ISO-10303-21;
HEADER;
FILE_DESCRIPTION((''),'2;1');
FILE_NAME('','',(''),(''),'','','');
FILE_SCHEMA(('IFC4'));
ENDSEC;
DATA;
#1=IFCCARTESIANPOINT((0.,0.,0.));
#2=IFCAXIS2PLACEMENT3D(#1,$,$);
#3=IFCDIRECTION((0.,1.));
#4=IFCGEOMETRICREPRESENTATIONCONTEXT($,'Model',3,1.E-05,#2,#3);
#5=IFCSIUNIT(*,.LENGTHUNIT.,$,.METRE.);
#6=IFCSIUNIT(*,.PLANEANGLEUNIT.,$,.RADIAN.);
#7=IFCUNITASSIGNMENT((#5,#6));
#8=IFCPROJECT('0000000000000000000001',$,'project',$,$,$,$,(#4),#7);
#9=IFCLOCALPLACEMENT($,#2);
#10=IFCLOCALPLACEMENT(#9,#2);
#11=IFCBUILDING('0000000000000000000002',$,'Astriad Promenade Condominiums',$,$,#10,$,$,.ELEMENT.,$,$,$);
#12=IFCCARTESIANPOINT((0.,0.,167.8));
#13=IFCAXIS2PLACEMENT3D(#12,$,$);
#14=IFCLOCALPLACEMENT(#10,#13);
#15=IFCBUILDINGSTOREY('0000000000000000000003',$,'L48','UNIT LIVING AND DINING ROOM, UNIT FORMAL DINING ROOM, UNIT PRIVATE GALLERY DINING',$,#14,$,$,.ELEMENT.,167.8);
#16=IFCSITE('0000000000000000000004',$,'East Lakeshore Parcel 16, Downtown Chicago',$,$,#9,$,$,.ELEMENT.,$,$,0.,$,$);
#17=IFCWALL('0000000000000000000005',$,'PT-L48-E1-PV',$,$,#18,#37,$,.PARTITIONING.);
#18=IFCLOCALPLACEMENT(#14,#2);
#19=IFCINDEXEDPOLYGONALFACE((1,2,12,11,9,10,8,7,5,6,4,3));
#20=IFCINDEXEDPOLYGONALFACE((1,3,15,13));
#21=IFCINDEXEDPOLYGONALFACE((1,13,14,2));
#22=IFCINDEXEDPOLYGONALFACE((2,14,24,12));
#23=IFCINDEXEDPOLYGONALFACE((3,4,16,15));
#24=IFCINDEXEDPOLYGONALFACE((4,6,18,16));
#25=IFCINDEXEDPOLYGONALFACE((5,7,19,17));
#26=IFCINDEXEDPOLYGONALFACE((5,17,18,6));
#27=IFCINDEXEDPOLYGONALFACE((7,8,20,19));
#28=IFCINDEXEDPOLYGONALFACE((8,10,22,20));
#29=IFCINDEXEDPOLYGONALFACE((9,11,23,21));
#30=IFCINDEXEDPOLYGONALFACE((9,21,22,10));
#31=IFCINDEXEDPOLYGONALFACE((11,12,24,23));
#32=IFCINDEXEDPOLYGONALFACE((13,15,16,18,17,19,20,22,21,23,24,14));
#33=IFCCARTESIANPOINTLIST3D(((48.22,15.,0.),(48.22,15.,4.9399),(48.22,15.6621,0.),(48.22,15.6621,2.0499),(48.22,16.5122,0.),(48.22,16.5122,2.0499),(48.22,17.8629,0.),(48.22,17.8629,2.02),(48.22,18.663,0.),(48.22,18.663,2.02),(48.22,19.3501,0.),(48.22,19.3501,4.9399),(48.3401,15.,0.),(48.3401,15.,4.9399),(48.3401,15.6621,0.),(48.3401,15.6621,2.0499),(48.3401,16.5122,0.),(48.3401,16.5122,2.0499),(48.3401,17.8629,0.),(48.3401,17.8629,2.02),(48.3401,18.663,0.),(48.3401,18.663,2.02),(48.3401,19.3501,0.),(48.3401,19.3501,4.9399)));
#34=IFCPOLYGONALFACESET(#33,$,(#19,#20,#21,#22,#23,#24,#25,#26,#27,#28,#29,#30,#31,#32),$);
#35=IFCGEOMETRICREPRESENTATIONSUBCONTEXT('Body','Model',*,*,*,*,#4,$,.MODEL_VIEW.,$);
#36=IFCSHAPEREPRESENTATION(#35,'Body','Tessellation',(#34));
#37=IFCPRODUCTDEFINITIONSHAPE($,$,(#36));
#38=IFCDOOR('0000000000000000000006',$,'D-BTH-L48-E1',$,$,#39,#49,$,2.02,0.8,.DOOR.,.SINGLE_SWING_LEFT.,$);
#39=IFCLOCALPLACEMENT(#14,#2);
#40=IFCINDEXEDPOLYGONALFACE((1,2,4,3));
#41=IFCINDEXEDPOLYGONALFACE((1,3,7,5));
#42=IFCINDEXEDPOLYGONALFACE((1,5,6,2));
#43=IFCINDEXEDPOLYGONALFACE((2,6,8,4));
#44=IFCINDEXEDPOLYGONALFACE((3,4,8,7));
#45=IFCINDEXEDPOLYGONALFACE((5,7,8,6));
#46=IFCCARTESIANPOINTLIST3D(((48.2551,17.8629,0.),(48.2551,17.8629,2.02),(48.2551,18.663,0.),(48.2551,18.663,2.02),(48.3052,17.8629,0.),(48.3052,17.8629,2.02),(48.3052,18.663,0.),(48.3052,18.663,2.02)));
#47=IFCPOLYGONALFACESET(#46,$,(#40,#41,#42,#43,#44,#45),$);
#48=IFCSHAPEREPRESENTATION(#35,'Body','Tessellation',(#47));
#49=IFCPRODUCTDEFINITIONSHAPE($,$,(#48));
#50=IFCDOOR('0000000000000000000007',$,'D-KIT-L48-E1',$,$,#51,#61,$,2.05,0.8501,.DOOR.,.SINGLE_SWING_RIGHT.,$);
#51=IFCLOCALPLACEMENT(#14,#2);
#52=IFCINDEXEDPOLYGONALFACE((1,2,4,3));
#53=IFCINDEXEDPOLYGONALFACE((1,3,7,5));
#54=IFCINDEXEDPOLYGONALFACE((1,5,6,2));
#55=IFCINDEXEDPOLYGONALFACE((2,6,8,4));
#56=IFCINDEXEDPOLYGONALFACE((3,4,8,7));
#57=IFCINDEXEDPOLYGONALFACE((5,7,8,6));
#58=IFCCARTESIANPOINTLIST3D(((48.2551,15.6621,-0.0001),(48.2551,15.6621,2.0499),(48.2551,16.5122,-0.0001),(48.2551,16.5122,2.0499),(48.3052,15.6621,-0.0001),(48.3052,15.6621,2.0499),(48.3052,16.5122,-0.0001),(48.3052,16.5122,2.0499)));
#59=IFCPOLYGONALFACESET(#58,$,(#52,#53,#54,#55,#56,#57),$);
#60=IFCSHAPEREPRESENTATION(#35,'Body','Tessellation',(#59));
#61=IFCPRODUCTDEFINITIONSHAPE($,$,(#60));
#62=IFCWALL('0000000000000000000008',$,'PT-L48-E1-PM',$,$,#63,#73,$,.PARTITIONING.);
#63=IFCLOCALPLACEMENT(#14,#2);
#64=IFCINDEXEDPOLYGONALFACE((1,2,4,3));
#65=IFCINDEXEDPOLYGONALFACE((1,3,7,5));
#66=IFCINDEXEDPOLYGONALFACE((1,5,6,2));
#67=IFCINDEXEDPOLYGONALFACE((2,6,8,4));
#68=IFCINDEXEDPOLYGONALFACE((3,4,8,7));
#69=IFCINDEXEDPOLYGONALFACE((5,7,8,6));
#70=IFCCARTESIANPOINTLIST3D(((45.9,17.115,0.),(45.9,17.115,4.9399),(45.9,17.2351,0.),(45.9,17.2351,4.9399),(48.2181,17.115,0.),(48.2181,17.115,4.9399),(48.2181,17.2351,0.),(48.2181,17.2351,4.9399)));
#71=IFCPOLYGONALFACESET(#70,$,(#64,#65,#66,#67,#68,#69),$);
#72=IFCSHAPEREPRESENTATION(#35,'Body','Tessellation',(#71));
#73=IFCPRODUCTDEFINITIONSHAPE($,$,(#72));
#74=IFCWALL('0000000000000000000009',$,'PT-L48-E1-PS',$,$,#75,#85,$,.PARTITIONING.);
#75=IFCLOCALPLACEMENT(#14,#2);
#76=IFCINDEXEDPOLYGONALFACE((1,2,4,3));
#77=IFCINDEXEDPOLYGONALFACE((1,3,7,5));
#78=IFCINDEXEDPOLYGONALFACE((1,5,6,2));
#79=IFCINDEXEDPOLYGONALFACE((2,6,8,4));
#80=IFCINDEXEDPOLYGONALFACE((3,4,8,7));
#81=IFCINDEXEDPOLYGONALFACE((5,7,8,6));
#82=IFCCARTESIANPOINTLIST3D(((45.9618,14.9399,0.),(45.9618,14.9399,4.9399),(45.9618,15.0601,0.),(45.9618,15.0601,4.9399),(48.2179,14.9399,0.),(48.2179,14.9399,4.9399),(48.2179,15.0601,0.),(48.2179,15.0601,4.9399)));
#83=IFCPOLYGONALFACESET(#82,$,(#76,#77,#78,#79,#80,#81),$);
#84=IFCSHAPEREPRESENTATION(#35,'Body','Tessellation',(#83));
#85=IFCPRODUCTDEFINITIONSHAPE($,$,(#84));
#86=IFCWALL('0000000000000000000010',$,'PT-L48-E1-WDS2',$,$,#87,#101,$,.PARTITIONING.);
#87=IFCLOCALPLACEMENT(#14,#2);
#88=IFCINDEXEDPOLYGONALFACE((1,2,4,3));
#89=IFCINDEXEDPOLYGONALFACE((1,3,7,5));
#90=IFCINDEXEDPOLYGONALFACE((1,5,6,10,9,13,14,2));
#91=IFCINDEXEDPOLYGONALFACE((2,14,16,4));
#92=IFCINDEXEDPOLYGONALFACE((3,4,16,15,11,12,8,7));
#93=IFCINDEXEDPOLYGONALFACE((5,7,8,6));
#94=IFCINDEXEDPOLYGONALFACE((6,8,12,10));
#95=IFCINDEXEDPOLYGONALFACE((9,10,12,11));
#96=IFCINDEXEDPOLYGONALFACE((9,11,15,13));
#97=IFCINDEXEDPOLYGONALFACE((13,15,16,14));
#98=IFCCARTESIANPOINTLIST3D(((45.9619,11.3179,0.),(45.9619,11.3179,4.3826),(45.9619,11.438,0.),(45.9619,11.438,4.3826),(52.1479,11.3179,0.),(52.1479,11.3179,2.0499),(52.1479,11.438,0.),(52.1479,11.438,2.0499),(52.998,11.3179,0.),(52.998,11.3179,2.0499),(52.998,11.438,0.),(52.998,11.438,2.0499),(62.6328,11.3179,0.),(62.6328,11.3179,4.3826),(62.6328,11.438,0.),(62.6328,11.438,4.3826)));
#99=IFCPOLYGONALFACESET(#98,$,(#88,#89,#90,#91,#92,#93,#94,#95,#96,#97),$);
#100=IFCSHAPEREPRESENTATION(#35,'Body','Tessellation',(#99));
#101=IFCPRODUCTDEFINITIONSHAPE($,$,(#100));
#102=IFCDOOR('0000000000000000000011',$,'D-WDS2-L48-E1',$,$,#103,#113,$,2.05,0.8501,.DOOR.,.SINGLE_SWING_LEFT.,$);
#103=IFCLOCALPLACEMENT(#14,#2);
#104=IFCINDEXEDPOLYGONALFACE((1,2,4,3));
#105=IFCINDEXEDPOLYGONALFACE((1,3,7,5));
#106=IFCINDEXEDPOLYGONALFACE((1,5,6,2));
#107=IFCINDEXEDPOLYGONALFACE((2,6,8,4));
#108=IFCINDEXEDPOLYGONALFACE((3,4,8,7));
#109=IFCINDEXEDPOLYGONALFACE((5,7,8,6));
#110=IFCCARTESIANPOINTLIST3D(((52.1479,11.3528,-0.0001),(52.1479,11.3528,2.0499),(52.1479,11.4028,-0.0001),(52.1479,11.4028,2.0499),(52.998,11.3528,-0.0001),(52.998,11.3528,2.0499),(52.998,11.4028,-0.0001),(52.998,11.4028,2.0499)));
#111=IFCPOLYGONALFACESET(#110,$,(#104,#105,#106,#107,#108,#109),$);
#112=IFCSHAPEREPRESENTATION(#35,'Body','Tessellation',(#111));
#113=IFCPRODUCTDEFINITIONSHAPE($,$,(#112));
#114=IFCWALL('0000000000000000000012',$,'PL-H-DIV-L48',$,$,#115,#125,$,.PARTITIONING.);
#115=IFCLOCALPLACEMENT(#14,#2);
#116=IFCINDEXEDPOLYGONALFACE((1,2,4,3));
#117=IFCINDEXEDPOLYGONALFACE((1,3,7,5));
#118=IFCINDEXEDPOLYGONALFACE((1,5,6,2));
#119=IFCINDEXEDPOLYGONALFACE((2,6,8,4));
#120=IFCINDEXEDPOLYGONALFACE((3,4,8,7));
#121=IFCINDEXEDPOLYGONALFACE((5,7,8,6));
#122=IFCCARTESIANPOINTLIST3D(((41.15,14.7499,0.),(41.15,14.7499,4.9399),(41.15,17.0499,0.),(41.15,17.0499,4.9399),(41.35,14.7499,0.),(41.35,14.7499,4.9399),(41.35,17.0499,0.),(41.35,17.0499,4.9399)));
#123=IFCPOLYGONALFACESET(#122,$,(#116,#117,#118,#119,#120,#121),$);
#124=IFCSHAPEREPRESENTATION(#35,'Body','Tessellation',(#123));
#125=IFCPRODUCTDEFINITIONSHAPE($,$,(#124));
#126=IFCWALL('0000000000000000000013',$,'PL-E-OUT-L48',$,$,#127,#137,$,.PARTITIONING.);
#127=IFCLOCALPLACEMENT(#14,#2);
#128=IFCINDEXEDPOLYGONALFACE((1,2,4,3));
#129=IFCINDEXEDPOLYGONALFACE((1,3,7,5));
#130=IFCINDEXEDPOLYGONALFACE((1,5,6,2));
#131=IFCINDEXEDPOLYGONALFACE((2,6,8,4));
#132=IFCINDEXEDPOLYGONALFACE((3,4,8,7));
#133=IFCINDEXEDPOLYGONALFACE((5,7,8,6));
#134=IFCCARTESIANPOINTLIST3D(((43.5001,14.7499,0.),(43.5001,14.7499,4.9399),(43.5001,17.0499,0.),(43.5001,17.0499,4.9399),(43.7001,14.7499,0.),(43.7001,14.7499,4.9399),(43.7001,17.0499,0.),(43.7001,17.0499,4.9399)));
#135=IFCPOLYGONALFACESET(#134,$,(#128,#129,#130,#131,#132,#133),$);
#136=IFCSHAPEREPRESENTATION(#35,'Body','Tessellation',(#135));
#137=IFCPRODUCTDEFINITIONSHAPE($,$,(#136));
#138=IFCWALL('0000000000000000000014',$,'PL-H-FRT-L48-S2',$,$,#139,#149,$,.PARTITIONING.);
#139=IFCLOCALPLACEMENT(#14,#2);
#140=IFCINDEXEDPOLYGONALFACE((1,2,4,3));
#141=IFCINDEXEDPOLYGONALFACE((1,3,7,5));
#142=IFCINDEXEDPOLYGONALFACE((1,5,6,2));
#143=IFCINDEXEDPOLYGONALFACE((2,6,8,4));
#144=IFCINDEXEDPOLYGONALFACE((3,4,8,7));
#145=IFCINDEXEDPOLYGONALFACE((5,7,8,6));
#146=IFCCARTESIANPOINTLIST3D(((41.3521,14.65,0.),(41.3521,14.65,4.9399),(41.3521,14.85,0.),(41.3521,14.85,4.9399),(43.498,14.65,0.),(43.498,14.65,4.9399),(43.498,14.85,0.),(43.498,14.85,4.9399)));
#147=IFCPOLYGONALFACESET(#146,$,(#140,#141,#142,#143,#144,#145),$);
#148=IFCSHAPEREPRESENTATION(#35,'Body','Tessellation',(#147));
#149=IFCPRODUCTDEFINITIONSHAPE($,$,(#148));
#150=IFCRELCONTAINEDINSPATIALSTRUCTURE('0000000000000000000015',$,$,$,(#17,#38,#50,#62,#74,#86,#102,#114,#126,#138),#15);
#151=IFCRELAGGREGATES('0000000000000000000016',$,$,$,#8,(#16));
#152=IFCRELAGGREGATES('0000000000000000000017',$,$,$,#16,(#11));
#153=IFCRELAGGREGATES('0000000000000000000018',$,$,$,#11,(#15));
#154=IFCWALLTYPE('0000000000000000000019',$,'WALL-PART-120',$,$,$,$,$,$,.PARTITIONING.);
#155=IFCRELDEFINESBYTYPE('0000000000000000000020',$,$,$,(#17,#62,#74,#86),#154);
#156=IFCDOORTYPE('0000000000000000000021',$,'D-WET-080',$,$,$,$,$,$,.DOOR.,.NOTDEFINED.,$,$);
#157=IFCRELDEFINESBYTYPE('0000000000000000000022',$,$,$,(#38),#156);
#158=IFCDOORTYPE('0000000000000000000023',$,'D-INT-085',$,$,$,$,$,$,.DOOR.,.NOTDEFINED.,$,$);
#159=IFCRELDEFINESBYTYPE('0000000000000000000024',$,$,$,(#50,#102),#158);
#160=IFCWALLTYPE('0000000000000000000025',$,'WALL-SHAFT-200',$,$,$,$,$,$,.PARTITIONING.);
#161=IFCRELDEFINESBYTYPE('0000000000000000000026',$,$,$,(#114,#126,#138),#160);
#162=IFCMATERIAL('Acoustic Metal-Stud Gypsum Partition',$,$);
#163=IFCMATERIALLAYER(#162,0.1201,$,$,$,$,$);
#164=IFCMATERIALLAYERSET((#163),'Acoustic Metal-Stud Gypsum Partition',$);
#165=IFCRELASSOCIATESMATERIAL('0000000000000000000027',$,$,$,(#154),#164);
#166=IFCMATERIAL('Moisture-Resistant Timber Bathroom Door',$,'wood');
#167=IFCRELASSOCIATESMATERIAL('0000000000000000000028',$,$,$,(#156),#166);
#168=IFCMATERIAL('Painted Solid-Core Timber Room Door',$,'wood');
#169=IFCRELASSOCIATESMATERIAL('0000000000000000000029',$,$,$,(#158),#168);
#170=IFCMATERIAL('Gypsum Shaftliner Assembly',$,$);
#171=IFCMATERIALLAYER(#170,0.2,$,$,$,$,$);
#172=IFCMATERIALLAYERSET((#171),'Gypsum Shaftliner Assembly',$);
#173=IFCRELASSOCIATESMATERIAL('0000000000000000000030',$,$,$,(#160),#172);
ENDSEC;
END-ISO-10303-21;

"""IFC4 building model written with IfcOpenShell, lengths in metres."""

from ifc_helpers import new_model, si_unit, direction, frame, frame_2d, origin, place, context, subcontext, project, spatial, rectangle, extrude, source, transform, mapped, material, layer, layer_set, type_object, type_shapes, element, fill, save


model = new_model("IFC4")

# Units and contexts
model_context = context("Model", 3, precision=1e-05, world=origin(), true_north=direction((0.0, 1.0)))
body_context = subcontext(model_context, "Body", "Model", "MODEL_VIEW")
ifc_project = project(units=[si_unit("LENGTHUNIT", "METRE"), si_unit("PLANEANGLEUNIT", "RADIAN")], contexts=[model_context])

# Site, building, storey
site_placement = place(None, origin())
site = spatial("IfcSite", under=ifc_project, at=site_placement, Name="East Lakeshore Parcel 16, Downtown Chicago", CompositionType="ELEMENT", RefElevation=0.0)
building_placement = place(site_placement, origin())
building = spatial("IfcBuilding", under=site, at=building_placement, Name="Astriad Promenade Condominiums", CompositionType="ELEMENT")
storey_placement = place(building_placement, frame((0.0, 0.0, 167.8)))
storey = spatial("IfcBuildingStorey", under=building, at=storey_placement, Name="L48", Description="UNIT LIVING AND DINING ROOM, UNIT FORMAL DINING ROOM, UNIT PRIVATE GALLERY DINING", CompositionType="ELEMENT", Elevation=167.8)

# Shared definitions
ifc_material_1 = material(Name="Acoustic Metal-Stud Gypsum Partition")
ifc_layer_1 = layer(ifc_material_1, 0.1201)
ifc_layer_set_1 = layer_set([ifc_layer_1], Name="Acoustic Metal-Stud Gypsum Partition")
wall_type_1 = type_object("IfcWallType", Name="WALL-PART-120", PredefinedType="PARTITIONING", material=ifc_layer_set_1)

# Wall, openings, doors
wall_1_placement = place(storey_placement, frame((48.28, 15.0, 0.0), z_axis=(0.0, 0.0, 1.0), x_axis=(0.0, 1.0, 0.0)))
wall_1 = element("IfcWall", 1, at=wall_1_placement, inside=storey, type_object=wall_type_1, Name="PT-L48-E1-PV", PredefinedType="PARTITIONING", context=body_context, shape_type="SweptSolid", body=[
    extrude(rectangle(XDim=4.3501, YDim=0.1201, at=frame_2d((2.175, 0.0))), origin(), (0.0, 0.0, 1.0), 4.9399),
])
opening_1_placement = place(wall_1_placement, frame((0.6621, 0.0, 0.0)))
opening_1 = element("IfcOpeningElement", 2, at=opening_1_placement, cuts=wall_1, PredefinedType="OPENING", context=body_context, shape_type="SweptSolid", body=[
    extrude(rectangle(XDim=0.8501, YDim=2.05, at=frame_2d((0.425, 1.0249))), frame((0.0, 0.0701, 0.0), z_axis=(0.0, -1.0, 0.0), x_axis=(1.0, 0.0, 0.0)), (0.0, 0.0, 1.0), 0.1401),
])
opening_2_placement = place(wall_1_placement, frame((2.863, 0.0, 0.0)))
opening_2 = element("IfcOpeningElement", 3, at=opening_2_placement, cuts=wall_1, PredefinedType="OPENING", context=body_context, shape_type="SweptSolid", body=[
    extrude(rectangle(XDim=0.8, YDim=2.02, at=frame_2d((0.3999, 1.01))), frame((0.0, 0.0701, 0.0), z_axis=(0.0, -1.0, 0.0), x_axis=(1.0, 0.0, 0.0)), (0.0, 0.0, 1.0), 0.1401),
])
ifc_material_2 = material(Name="Moisture-Resistant Timber Bathroom Door", Category="wood")
door_type_1 = type_object("IfcDoorType", Name="D-WET-080", OperationType="NOTDEFINED", PredefinedType="DOOR", material=ifc_material_2)
shared_shape_1 = source(origin(), body_context, "Body", "SweptSolid", [
    extrude(rectangle(XDim=0.8, YDim=2.02, at=frame_2d((0.3999, 1.01))), frame((0.0, 0.0249, 0.0), z_axis=(0.0, -1.0, 0.0), x_axis=(1.0, 0.0, 0.0)), (0.0, 0.0, 1.0), 0.05),
])
type_shapes(door_type_1, [shared_shape_1])
door_1_placement = place(opening_2_placement, origin())
door_1 = element("IfcDoor", 4, at=door_1_placement, inside=storey, type_object=door_type_1, Name="D-BTH-L48-E1", OperationType="SINGLE_SWING_LEFT", OverallHeight=2.02, OverallWidth=0.8, PredefinedType="DOOR", context=body_context, shape_type="MappedRepresentation", body=[
    mapped(shared_shape_1, transform((0.0, 0.0, 0.0), scale=1.0)),
])
fill(opening_2, door_1)
ifc_material_3 = material(Name="Painted Solid-Core Timber Room Door", Category="wood")
door_type_2 = type_object("IfcDoorType", Name="D-INT-085", OperationType="NOTDEFINED", PredefinedType="DOOR", material=ifc_material_3)
shared_shape_2 = source(origin(), body_context, "Body", "SweptSolid", [
    extrude(rectangle(XDim=0.8501, YDim=2.05, at=frame_2d((0.425, 1.0249))), frame((0.0, 0.0249, 0.0), z_axis=(0.0, -1.0, 0.0), x_axis=(1.0, 0.0, 0.0)), (0.0, 0.0, 1.0), 0.05),
])
type_shapes(door_type_2, [shared_shape_2])
door_2_placement = place(opening_1_placement, origin())
door_2 = element("IfcDoor", 5, at=door_2_placement, inside=storey, type_object=door_type_2, Name="D-KIT-L48-E1", OperationType="SINGLE_SWING_RIGHT", OverallHeight=2.05, OverallWidth=0.8501, PredefinedType="DOOR", context=body_context, shape_type="MappedRepresentation", body=[
    mapped(shared_shape_2, transform((0.0, 0.0, 0.0), scale=1.0)),
])
fill(opening_1, door_2)

# Walls
wall_2_placement = place(storey_placement, frame((45.8999, 17.175, 0.0), z_axis=(0.0, 0.0, 1.0), x_axis=(1.0, 0.0, 0.0)))
element("IfcWall", 6, at=wall_2_placement, inside=storey, type_object=wall_type_1, Name="PT-L48-E1-PM", PredefinedType="PARTITIONING", context=body_context, shape_type="SweptSolid", body=[
    extrude(rectangle(XDim=2.3181, YDim=0.1201, at=frame_2d((1.1592, 0.0))), origin(), (0.0, 0.0, 1.0), 4.9399),
])
wall_3_placement = place(storey_placement, frame((45.9619, 15.0, 0.0), z_axis=(0.0, 0.0, 1.0), x_axis=(1.0, 0.0, 0.0)))
element("IfcWall", 7, at=wall_3_placement, inside=storey, type_object=wall_type_1, Name="PT-L48-E1-PS", PredefinedType="PARTITIONING", context=body_context, shape_type="SweptSolid", body=[
    extrude(rectangle(XDim=2.2561, YDim=0.1201, at=frame_2d((1.1279, 0.0))), origin(), (0.0, 0.0, 1.0), 4.9399),
])

# Wall, opening, door
wall_4_placement = place(storey_placement, frame((45.9619, 11.3779, 0.0), z_axis=(0.0, 0.0, 1.0), x_axis=(1.0, 0.0, 0.0)))
wall_4 = element("IfcWall", 8, at=wall_4_placement, inside=storey, type_object=wall_type_1, Name="PT-L48-E1-WDS2", PredefinedType="PARTITIONING", context=body_context, shape_type="SweptSolid", body=[
    extrude(rectangle(XDim=16.6709, YDim=0.1201, at=frame_2d((8.3354, 0.0))), origin(), (0.0, 0.0, 1.0), 4.3826),
])
opening_3_placement = place(wall_4_placement, frame((6.186, 0.0, 0.0)))
opening_3 = element("IfcOpeningElement", 9, at=opening_3_placement, cuts=wall_4, PredefinedType="OPENING", context=body_context, shape_type="SweptSolid", body=[
    extrude(rectangle(XDim=0.8501, YDim=2.05, at=frame_2d((0.425, 1.0249))), frame((0.0, 0.0701, 0.0), z_axis=(0.0, -1.0, 0.0), x_axis=(1.0, 0.0, 0.0)), (0.0, 0.0, 1.0), 0.1401),
])
door_3_placement = place(opening_3_placement, origin())
door_3 = element("IfcDoor", 10, at=door_3_placement, inside=storey, type_object=door_type_2, Name="D-WDS2-L48-E1", OperationType="SINGLE_SWING_LEFT", OverallHeight=2.05, OverallWidth=0.8501, PredefinedType="DOOR", context=body_context, shape_type="MappedRepresentation", body=[
    mapped(shared_shape_2, transform((0.0, 0.0, 0.0), scale=1.0)),
])
fill(opening_3, door_3)

# Walls
ifc_material_4 = material(Name="Gypsum Shaftliner Assembly")
ifc_layer_2 = layer(ifc_material_4, 0.2)
ifc_layer_set_2 = layer_set([ifc_layer_2], Name="Gypsum Shaftliner Assembly")
wall_type_2 = type_object("IfcWallType", Name="WALL-SHAFT-200", PredefinedType="PARTITIONING", material=ifc_layer_set_2)
for number, where, z_axis, x_axis, name in (
    (11, (41.25, 14.75, 0.0), (0.0, 0.0, 1.0), (0.0, 1.0, 0.0), "PL-H-DIV-L48"),
    (12, (43.6001, 14.75, 0.0), (0.0, 0.0, 1.0), (0.0, 1.0, 0.0), "PL-E-OUT-L48"),
):
    element("IfcWall", number, at=place(storey_placement, frame(where, z_axis=z_axis, x_axis=x_axis)), inside=storey, type_object=wall_type_2, Name=name, PredefinedType="PARTITIONING", context=body_context, shape_type="SweptSolid", body=[
        extrude(rectangle(XDim=2.3, YDim=0.2, at=frame_2d((1.1499, 0.0))), origin(), (0.0, 0.0, 1.0), 4.9399),
    ])
wall_5_placement = place(storey_placement, frame((41.3521, 14.75, 0.0), z_axis=(0.0, 0.0, 1.0), x_axis=(1.0, 0.0, 0.0)))
element("IfcWall", 13, at=wall_5_placement, inside=storey, type_object=wall_type_2, Name="PL-H-FRT-L48-S2", PredefinedType="PARTITIONING", context=body_context, shape_type="SweptSolid", body=[
    extrude(rectangle(XDim=2.146, YDim=0.2, at=frame_2d((1.073, 0.0))), origin(), (0.0, 0.0, 1.0), 4.9399),
])

save(model, "model.ifc")
